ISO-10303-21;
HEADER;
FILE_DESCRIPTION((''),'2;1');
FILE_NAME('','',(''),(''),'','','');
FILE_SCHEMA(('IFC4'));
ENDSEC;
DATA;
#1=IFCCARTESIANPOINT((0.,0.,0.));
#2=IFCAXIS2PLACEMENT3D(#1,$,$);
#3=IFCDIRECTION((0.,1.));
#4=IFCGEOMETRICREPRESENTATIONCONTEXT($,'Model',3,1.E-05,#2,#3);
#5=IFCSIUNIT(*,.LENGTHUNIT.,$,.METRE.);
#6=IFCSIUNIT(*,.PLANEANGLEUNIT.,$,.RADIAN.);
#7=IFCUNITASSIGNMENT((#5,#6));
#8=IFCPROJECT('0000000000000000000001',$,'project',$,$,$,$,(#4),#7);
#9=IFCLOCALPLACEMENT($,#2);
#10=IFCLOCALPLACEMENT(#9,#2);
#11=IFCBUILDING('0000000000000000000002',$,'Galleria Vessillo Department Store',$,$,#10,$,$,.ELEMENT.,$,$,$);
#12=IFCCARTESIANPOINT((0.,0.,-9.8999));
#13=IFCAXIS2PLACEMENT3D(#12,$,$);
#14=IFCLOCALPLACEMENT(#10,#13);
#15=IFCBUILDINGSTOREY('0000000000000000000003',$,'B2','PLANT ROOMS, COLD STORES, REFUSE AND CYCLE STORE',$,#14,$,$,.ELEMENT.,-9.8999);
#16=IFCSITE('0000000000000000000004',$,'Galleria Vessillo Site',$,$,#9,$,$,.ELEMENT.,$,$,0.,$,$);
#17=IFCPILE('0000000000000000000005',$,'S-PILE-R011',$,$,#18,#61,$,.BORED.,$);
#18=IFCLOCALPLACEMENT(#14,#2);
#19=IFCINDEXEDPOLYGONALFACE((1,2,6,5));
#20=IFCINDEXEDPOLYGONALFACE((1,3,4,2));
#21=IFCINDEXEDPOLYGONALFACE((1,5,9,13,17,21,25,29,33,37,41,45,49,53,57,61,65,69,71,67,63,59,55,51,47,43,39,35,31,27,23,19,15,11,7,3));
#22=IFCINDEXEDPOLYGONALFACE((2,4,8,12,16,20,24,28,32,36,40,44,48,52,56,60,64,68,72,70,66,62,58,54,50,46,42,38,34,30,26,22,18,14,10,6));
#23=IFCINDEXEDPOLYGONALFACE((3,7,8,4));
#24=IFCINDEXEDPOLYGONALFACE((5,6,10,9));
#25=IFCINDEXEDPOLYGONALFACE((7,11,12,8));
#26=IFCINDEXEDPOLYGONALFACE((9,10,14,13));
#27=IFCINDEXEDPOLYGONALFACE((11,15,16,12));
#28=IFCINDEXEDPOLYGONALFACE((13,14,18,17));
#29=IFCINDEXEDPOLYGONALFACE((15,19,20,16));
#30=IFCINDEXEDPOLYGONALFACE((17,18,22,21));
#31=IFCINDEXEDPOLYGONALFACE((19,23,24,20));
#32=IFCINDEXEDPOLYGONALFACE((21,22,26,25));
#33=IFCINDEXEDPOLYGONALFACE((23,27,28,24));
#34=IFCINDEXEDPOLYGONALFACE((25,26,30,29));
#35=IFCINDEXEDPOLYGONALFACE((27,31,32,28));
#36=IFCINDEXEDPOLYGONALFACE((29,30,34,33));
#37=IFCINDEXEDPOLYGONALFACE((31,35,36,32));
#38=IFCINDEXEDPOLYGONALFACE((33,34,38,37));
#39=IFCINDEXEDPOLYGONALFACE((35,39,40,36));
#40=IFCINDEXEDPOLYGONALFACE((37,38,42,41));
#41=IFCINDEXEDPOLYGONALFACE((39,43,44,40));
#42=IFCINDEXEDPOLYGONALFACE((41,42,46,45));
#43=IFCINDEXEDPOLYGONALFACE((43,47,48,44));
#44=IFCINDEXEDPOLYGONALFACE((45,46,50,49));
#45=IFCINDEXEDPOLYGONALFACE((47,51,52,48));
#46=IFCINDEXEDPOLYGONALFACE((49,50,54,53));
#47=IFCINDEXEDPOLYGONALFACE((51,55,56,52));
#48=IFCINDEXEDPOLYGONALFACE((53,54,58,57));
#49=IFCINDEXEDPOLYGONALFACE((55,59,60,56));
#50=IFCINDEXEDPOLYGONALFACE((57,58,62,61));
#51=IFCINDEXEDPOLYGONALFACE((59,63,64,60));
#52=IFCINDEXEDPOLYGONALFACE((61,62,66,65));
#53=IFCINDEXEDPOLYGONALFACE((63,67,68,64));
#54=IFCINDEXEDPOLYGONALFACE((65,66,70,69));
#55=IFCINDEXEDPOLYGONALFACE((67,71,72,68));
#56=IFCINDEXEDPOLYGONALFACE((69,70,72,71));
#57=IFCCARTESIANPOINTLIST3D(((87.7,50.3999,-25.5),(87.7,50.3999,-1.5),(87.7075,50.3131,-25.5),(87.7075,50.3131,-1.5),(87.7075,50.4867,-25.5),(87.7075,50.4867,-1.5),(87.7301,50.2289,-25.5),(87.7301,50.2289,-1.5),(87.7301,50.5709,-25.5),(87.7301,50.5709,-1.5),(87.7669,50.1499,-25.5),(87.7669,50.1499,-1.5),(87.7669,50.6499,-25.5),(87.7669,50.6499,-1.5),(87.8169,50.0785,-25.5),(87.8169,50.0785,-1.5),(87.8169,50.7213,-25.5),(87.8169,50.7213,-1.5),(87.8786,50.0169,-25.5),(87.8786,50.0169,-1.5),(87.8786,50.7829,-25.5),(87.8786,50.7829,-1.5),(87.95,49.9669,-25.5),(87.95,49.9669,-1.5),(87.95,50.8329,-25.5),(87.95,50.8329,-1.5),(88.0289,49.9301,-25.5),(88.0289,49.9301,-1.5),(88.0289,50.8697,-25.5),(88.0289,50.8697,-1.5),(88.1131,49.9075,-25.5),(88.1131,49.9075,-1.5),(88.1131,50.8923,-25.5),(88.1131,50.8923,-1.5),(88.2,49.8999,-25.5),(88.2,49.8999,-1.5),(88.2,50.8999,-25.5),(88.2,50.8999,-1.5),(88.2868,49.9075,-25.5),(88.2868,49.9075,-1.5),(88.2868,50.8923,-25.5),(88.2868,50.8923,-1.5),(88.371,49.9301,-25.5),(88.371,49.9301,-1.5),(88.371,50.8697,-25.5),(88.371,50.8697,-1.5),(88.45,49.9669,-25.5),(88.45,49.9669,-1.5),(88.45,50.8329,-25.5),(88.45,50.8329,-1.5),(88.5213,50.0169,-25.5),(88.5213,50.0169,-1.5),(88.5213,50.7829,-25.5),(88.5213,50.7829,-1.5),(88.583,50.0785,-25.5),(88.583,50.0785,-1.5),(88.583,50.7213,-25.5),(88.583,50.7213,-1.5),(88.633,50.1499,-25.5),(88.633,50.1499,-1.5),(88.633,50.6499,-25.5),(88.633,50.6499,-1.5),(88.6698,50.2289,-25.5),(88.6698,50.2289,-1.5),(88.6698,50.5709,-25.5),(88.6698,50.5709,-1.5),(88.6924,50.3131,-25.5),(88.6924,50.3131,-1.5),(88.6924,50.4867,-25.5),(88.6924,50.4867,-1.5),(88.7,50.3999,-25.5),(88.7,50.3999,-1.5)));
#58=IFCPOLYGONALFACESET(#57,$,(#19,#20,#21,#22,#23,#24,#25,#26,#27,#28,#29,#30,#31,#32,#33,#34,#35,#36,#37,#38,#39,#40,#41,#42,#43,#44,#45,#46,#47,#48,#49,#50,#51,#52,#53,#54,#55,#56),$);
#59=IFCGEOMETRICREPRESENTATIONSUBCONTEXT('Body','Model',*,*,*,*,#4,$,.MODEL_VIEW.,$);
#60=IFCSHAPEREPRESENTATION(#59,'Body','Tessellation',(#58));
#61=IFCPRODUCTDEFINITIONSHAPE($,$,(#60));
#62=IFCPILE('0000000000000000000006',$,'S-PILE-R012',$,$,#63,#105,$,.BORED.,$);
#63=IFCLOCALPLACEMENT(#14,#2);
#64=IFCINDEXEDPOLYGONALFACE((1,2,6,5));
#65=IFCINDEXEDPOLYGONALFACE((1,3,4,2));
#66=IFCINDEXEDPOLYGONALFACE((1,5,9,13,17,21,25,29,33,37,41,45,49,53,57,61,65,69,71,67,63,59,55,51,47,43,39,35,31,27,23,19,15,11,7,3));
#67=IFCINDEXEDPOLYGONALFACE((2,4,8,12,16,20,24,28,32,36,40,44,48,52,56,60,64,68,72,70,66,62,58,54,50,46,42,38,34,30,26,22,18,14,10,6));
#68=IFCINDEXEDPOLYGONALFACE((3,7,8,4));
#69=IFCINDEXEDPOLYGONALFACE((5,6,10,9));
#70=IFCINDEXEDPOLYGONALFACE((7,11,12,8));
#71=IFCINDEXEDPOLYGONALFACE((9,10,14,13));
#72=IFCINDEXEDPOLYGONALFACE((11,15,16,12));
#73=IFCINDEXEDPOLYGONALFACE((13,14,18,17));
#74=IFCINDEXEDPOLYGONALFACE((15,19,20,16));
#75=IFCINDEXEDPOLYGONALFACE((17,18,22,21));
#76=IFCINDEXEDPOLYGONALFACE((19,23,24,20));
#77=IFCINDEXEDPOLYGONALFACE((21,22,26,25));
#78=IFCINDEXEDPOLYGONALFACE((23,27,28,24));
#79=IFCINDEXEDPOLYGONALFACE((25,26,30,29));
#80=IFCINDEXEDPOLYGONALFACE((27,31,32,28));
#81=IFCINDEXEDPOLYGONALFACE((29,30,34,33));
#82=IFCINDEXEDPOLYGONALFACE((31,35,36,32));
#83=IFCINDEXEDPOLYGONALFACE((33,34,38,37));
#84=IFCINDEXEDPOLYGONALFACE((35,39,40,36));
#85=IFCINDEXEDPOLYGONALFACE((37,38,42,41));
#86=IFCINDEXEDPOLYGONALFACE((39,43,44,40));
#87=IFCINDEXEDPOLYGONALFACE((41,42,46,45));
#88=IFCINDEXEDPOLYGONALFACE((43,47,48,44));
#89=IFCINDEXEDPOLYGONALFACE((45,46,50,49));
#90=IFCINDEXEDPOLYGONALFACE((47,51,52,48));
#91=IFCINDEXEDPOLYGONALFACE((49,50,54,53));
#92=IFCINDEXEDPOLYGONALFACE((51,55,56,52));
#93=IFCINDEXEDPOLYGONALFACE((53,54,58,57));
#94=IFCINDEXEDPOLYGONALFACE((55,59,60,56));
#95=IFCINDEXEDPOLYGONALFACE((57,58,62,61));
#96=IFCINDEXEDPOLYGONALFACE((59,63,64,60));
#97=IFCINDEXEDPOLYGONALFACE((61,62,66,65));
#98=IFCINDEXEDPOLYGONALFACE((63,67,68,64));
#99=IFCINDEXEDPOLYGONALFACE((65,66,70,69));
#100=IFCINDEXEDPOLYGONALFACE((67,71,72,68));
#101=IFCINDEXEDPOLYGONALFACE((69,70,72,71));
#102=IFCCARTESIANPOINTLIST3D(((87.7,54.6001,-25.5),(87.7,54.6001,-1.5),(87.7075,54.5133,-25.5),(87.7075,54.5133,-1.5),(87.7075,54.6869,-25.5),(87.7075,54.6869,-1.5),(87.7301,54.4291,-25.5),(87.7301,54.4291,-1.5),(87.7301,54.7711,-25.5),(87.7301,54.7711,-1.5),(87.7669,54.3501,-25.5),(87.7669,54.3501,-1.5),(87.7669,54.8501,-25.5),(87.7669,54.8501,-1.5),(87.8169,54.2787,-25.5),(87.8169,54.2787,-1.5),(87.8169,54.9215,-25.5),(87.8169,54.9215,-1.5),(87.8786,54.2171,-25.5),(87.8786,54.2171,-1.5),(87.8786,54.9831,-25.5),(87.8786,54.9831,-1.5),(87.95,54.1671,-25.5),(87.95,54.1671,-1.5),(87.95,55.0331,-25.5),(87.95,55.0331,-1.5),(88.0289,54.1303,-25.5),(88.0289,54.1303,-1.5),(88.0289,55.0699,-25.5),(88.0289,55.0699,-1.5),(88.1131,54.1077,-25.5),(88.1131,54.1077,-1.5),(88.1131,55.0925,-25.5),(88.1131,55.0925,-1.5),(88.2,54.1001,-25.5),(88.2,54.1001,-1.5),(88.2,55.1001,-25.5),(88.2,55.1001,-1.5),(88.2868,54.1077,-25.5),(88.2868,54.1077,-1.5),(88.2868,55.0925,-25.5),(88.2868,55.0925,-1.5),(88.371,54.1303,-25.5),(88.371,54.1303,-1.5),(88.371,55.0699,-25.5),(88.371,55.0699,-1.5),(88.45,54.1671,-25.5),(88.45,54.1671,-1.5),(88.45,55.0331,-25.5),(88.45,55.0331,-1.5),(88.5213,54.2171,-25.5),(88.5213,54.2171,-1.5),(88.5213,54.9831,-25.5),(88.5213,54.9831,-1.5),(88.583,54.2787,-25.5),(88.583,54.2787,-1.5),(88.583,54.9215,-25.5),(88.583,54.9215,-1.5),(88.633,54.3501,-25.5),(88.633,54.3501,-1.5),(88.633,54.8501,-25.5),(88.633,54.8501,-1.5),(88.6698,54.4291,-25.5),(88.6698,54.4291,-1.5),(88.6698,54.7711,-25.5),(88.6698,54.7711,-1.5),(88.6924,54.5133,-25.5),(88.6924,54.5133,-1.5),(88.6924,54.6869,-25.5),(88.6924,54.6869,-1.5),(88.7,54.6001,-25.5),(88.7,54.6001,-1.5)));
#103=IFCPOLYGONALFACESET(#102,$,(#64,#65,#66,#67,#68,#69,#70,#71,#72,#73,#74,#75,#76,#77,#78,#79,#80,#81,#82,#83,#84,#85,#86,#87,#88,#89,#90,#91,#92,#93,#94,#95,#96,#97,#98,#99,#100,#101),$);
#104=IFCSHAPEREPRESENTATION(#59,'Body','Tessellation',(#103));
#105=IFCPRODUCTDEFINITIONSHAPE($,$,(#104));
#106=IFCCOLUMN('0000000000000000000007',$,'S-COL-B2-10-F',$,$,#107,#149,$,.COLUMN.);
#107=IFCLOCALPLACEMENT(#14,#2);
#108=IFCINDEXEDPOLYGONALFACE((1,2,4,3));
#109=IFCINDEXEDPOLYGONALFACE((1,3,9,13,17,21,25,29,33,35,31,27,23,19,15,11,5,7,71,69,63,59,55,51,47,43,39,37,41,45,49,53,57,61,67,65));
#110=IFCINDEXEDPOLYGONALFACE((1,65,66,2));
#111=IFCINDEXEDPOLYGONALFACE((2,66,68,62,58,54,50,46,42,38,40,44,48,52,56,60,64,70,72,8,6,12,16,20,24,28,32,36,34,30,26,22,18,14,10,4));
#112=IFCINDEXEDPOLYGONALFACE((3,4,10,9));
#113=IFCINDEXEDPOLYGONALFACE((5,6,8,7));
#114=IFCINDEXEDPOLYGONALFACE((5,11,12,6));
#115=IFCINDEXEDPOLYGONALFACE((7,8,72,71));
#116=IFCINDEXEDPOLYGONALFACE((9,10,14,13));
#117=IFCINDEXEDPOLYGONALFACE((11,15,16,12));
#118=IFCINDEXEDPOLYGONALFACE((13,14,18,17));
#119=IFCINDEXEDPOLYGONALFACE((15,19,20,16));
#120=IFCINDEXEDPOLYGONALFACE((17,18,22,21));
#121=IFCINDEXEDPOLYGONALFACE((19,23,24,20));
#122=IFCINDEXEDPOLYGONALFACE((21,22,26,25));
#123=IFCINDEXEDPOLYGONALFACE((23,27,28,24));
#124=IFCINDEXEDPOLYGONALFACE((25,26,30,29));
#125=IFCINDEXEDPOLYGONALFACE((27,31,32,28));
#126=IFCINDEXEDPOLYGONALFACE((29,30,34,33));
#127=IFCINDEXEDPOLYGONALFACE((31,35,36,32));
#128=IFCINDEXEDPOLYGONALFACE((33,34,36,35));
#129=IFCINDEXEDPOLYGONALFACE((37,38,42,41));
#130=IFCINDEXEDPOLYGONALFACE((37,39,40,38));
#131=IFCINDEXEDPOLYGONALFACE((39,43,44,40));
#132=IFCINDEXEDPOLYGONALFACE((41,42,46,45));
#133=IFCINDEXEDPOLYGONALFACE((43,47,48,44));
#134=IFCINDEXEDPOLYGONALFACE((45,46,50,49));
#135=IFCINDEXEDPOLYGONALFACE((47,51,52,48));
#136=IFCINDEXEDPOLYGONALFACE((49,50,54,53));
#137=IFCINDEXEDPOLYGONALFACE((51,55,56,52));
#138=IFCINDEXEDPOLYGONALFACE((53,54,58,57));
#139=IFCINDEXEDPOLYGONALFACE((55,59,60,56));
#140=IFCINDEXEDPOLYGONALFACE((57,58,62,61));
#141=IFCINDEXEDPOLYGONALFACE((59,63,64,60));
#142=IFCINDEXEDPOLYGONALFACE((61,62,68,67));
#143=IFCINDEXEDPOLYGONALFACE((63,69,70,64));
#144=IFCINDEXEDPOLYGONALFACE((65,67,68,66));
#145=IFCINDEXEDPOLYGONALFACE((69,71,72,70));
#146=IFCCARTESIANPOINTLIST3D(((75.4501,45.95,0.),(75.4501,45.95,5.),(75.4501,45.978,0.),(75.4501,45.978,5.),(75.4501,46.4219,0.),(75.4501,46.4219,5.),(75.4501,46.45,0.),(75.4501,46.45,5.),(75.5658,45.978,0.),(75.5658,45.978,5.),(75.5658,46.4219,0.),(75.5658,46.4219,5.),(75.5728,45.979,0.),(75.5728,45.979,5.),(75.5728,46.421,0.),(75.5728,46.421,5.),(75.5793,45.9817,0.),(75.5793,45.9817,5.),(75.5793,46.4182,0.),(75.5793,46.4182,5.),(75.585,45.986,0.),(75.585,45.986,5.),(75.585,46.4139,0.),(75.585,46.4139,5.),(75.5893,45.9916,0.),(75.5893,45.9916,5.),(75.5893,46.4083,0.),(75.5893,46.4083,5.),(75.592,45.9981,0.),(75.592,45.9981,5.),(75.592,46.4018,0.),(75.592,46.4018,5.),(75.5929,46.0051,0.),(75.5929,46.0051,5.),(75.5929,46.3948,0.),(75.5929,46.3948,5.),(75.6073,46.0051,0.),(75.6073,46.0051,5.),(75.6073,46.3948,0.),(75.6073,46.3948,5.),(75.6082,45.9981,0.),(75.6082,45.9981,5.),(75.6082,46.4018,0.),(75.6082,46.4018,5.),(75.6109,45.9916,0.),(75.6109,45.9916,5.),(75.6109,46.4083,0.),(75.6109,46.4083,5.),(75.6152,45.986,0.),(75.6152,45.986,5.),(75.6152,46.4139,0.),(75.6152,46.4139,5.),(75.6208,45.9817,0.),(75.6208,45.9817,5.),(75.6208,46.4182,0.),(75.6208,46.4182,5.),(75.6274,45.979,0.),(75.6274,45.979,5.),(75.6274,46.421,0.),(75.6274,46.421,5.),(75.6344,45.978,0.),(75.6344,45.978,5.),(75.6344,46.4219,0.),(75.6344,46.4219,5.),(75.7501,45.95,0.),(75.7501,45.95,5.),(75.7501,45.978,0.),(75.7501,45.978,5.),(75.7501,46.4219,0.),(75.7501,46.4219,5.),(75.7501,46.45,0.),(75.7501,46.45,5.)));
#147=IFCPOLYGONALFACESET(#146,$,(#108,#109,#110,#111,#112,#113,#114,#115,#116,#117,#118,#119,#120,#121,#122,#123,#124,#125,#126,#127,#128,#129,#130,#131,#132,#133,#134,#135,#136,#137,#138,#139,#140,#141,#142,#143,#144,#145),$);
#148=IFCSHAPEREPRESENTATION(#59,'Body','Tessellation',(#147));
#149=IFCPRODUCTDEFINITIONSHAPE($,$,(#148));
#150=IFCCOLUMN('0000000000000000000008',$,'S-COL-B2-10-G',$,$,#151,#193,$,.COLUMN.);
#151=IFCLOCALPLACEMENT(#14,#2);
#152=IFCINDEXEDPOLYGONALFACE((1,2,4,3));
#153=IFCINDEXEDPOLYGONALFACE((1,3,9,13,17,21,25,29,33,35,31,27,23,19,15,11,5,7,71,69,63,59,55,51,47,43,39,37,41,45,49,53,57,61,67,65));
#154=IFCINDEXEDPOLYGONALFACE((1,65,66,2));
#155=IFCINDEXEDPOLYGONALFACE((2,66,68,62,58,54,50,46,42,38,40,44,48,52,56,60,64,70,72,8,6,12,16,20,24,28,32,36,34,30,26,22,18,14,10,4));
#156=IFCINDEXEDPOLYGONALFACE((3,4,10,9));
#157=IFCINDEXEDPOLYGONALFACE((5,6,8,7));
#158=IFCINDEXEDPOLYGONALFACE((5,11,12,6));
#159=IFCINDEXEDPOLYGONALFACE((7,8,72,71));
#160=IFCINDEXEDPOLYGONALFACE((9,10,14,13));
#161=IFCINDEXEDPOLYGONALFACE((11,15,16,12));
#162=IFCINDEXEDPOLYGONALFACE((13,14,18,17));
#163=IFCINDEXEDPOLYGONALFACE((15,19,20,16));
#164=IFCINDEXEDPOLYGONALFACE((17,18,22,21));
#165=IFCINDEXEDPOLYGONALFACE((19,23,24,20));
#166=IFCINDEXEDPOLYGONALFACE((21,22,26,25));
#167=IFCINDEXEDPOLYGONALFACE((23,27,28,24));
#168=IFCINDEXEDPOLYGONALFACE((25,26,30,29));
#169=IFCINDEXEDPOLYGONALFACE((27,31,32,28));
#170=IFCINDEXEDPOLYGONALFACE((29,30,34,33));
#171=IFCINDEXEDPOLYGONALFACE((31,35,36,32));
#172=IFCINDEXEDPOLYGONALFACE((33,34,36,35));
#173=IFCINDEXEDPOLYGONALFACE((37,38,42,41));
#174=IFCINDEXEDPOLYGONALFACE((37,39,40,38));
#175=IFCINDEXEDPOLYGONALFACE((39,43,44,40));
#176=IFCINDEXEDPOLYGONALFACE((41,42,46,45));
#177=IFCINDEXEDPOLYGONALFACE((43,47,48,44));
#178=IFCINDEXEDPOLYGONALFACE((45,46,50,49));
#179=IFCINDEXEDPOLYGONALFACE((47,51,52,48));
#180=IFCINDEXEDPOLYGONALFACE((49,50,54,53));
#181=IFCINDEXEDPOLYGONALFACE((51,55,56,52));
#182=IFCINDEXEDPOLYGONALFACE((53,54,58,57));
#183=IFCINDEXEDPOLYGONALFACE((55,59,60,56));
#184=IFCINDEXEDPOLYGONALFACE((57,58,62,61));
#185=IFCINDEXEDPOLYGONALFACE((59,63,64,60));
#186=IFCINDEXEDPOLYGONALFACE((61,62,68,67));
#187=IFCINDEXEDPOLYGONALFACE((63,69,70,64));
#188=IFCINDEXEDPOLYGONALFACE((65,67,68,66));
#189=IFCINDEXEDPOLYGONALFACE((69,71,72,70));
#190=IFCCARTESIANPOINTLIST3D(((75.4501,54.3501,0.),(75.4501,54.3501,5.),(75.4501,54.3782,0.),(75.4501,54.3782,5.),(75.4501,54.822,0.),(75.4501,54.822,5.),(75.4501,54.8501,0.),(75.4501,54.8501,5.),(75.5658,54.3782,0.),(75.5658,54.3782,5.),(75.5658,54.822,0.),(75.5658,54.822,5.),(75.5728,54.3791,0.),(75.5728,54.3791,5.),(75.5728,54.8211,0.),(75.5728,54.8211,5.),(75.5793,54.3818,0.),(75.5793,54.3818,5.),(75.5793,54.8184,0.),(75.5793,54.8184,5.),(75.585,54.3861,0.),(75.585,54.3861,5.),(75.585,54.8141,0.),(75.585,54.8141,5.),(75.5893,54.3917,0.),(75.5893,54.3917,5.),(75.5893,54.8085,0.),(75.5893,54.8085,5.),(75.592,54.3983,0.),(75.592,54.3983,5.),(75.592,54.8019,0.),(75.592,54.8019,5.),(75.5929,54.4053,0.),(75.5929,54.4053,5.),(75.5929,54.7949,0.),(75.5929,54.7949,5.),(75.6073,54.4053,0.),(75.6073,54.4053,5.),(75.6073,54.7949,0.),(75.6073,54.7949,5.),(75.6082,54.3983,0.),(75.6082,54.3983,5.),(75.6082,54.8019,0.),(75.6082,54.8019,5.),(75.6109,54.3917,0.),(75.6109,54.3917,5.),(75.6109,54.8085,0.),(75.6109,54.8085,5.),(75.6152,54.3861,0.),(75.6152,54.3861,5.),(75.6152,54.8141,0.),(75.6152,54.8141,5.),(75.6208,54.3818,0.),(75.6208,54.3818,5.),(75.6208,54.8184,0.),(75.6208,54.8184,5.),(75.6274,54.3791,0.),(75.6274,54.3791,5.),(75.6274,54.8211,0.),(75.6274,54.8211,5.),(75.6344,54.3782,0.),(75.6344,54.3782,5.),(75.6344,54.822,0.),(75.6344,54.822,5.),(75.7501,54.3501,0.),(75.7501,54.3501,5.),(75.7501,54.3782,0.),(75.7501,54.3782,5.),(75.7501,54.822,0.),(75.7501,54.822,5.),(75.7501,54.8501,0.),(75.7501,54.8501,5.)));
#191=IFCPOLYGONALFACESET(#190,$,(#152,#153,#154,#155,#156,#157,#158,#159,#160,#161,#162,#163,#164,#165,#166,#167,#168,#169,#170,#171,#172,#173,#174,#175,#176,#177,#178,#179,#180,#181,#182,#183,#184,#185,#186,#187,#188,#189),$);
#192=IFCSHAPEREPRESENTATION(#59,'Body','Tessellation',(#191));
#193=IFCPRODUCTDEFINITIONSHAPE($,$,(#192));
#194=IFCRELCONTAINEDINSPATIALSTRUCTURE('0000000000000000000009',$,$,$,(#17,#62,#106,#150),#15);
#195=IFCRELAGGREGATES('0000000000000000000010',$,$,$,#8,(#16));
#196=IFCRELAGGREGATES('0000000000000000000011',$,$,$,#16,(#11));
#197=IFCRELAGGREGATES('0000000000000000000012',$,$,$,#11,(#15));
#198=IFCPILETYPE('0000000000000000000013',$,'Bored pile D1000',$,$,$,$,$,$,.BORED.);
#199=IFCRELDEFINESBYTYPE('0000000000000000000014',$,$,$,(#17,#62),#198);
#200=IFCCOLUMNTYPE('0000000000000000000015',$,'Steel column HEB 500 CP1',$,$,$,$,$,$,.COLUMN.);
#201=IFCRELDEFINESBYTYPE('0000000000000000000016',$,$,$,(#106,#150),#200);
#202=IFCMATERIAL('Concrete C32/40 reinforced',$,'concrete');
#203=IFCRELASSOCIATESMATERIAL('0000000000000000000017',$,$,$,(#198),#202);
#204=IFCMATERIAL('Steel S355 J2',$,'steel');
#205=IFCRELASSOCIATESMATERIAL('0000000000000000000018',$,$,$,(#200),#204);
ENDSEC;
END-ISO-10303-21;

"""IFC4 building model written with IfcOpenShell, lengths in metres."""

from ifc_helpers import new_model, si_unit, direction, frame, origin, origin_2d, place, context, subcontext, project, spatial, circle, i_section, extrude, material, material_profile, profile_set, type_object, element, save


model = new_model("IFC4")

# Units and contexts
model_context = context("Model", 3, precision=1e-05, world=origin(), true_north=direction((0.0, 1.0)))
body_context = subcontext(model_context, "Body", "Model", "MODEL_VIEW")
ifc_project = project(units=[si_unit("LENGTHUNIT", "METRE"), si_unit("PLANEANGLEUNIT", "RADIAN")], contexts=[model_context])

# Site, building, storey
site_placement = place(None, origin())
site = spatial("IfcSite", under=ifc_project, at=site_placement, Name="Galleria Vessillo Site", CompositionType="ELEMENT", RefElevation=0.0)
building_placement = place(site_placement, origin())
building = spatial("IfcBuilding", under=site, at=building_placement, Name="Galleria Vessillo Department Store", CompositionType="ELEMENT")
storey_placement = place(building_placement, frame((0.0, 0.0, -9.8999)))
storey = spatial("IfcBuildingStorey", under=building, at=storey_placement, Name="B2", Description="PLANT ROOMS, COLD STORES, REFUSE AND CYCLE STORE", CompositionType="ELEMENT", Elevation=-9.8999)

# Piles
ifc_material_1 = material(Name="Concrete C32/40 reinforced", Category="concrete")
ifc_material_profile_1 = material_profile(ifc_material_1, circle(Radius=0.5, at=origin_2d()), Name="Bored pile D1000")
ifc_profile_set_1 = profile_set([ifc_material_profile_1], Name="Concrete C32/40 reinforced")
pile_type = type_object("IfcPileType", Name="Bored pile D1000", PredefinedType="BORED", material=ifc_profile_set_1)
for number, where, z_axis, x_axis, name in (
    (1, (88.2, 50.3999, -1.5), (0.0, 0.0, -1.0), (1.0, 0.0, 0.0), "S-PILE-R011"),
    (2, (88.2, 54.6001, -1.5), (0.0, 0.0, -1.0), (1.0, 0.0, 0.0), "S-PILE-R012"),
):
    element("IfcPile", number, at=place(storey_placement, frame(where, z_axis=z_axis, x_axis=x_axis)), inside=storey, type_object=pile_type, Name=name, PredefinedType="BORED", context=body_context, shape_type="SweptSolid", body=[
        extrude(circle(Radius=0.5, at=origin_2d()), origin(), (0.0, 0.0, 1.0), 24.0),
    ])

# Columns
ifc_material_2 = material(Name="Steel S355 J2", Category="steel")
ifc_material_profile_2 = material_profile(ifc_material_2, i_section(OverallWidth=0.3, OverallDepth=0.5, WebThickness=0.0144, FlangeThickness=0.0281, FilletRadius=0.0271, at=origin_2d()), Name="HEB 500")
ifc_profile_set_2 = profile_set([ifc_material_profile_2], Name="Steel S355 J2")
column_type_1 = type_object("IfcColumnType", Name="Steel column HEB 500 CP1", PredefinedType="COLUMN", material=ifc_profile_set_2)
for number, where, z_axis, x_axis, name in (
    (3, (75.6001, 46.2, 0.0), (0.0, 0.0, 1.0), (1.0, 0.0, 0.0), "S-COL-B2-10-F"),
    (4, (75.6001, 54.6001, 0.0), (0.0, 0.0, 1.0), (1.0, 0.0, 0.0), "S-COL-B2-10-G"),
):
    element("IfcColumn", number, at=place(storey_placement, frame(where, z_axis=z_axis, x_axis=x_axis)), inside=storey, type_object=column_type_1, Name=name, PredefinedType="COLUMN", context=body_context, shape_type="SweptSolid", body=[
        extrude(i_section(OverallWidth=0.3, OverallDepth=0.5, WebThickness=0.0144, FlangeThickness=0.0281, FilletRadius=0.0271, at=origin_2d()), origin(), (0.0, 0.0, 1.0), 5.0),
    ])

save(model, "model.ifc")
